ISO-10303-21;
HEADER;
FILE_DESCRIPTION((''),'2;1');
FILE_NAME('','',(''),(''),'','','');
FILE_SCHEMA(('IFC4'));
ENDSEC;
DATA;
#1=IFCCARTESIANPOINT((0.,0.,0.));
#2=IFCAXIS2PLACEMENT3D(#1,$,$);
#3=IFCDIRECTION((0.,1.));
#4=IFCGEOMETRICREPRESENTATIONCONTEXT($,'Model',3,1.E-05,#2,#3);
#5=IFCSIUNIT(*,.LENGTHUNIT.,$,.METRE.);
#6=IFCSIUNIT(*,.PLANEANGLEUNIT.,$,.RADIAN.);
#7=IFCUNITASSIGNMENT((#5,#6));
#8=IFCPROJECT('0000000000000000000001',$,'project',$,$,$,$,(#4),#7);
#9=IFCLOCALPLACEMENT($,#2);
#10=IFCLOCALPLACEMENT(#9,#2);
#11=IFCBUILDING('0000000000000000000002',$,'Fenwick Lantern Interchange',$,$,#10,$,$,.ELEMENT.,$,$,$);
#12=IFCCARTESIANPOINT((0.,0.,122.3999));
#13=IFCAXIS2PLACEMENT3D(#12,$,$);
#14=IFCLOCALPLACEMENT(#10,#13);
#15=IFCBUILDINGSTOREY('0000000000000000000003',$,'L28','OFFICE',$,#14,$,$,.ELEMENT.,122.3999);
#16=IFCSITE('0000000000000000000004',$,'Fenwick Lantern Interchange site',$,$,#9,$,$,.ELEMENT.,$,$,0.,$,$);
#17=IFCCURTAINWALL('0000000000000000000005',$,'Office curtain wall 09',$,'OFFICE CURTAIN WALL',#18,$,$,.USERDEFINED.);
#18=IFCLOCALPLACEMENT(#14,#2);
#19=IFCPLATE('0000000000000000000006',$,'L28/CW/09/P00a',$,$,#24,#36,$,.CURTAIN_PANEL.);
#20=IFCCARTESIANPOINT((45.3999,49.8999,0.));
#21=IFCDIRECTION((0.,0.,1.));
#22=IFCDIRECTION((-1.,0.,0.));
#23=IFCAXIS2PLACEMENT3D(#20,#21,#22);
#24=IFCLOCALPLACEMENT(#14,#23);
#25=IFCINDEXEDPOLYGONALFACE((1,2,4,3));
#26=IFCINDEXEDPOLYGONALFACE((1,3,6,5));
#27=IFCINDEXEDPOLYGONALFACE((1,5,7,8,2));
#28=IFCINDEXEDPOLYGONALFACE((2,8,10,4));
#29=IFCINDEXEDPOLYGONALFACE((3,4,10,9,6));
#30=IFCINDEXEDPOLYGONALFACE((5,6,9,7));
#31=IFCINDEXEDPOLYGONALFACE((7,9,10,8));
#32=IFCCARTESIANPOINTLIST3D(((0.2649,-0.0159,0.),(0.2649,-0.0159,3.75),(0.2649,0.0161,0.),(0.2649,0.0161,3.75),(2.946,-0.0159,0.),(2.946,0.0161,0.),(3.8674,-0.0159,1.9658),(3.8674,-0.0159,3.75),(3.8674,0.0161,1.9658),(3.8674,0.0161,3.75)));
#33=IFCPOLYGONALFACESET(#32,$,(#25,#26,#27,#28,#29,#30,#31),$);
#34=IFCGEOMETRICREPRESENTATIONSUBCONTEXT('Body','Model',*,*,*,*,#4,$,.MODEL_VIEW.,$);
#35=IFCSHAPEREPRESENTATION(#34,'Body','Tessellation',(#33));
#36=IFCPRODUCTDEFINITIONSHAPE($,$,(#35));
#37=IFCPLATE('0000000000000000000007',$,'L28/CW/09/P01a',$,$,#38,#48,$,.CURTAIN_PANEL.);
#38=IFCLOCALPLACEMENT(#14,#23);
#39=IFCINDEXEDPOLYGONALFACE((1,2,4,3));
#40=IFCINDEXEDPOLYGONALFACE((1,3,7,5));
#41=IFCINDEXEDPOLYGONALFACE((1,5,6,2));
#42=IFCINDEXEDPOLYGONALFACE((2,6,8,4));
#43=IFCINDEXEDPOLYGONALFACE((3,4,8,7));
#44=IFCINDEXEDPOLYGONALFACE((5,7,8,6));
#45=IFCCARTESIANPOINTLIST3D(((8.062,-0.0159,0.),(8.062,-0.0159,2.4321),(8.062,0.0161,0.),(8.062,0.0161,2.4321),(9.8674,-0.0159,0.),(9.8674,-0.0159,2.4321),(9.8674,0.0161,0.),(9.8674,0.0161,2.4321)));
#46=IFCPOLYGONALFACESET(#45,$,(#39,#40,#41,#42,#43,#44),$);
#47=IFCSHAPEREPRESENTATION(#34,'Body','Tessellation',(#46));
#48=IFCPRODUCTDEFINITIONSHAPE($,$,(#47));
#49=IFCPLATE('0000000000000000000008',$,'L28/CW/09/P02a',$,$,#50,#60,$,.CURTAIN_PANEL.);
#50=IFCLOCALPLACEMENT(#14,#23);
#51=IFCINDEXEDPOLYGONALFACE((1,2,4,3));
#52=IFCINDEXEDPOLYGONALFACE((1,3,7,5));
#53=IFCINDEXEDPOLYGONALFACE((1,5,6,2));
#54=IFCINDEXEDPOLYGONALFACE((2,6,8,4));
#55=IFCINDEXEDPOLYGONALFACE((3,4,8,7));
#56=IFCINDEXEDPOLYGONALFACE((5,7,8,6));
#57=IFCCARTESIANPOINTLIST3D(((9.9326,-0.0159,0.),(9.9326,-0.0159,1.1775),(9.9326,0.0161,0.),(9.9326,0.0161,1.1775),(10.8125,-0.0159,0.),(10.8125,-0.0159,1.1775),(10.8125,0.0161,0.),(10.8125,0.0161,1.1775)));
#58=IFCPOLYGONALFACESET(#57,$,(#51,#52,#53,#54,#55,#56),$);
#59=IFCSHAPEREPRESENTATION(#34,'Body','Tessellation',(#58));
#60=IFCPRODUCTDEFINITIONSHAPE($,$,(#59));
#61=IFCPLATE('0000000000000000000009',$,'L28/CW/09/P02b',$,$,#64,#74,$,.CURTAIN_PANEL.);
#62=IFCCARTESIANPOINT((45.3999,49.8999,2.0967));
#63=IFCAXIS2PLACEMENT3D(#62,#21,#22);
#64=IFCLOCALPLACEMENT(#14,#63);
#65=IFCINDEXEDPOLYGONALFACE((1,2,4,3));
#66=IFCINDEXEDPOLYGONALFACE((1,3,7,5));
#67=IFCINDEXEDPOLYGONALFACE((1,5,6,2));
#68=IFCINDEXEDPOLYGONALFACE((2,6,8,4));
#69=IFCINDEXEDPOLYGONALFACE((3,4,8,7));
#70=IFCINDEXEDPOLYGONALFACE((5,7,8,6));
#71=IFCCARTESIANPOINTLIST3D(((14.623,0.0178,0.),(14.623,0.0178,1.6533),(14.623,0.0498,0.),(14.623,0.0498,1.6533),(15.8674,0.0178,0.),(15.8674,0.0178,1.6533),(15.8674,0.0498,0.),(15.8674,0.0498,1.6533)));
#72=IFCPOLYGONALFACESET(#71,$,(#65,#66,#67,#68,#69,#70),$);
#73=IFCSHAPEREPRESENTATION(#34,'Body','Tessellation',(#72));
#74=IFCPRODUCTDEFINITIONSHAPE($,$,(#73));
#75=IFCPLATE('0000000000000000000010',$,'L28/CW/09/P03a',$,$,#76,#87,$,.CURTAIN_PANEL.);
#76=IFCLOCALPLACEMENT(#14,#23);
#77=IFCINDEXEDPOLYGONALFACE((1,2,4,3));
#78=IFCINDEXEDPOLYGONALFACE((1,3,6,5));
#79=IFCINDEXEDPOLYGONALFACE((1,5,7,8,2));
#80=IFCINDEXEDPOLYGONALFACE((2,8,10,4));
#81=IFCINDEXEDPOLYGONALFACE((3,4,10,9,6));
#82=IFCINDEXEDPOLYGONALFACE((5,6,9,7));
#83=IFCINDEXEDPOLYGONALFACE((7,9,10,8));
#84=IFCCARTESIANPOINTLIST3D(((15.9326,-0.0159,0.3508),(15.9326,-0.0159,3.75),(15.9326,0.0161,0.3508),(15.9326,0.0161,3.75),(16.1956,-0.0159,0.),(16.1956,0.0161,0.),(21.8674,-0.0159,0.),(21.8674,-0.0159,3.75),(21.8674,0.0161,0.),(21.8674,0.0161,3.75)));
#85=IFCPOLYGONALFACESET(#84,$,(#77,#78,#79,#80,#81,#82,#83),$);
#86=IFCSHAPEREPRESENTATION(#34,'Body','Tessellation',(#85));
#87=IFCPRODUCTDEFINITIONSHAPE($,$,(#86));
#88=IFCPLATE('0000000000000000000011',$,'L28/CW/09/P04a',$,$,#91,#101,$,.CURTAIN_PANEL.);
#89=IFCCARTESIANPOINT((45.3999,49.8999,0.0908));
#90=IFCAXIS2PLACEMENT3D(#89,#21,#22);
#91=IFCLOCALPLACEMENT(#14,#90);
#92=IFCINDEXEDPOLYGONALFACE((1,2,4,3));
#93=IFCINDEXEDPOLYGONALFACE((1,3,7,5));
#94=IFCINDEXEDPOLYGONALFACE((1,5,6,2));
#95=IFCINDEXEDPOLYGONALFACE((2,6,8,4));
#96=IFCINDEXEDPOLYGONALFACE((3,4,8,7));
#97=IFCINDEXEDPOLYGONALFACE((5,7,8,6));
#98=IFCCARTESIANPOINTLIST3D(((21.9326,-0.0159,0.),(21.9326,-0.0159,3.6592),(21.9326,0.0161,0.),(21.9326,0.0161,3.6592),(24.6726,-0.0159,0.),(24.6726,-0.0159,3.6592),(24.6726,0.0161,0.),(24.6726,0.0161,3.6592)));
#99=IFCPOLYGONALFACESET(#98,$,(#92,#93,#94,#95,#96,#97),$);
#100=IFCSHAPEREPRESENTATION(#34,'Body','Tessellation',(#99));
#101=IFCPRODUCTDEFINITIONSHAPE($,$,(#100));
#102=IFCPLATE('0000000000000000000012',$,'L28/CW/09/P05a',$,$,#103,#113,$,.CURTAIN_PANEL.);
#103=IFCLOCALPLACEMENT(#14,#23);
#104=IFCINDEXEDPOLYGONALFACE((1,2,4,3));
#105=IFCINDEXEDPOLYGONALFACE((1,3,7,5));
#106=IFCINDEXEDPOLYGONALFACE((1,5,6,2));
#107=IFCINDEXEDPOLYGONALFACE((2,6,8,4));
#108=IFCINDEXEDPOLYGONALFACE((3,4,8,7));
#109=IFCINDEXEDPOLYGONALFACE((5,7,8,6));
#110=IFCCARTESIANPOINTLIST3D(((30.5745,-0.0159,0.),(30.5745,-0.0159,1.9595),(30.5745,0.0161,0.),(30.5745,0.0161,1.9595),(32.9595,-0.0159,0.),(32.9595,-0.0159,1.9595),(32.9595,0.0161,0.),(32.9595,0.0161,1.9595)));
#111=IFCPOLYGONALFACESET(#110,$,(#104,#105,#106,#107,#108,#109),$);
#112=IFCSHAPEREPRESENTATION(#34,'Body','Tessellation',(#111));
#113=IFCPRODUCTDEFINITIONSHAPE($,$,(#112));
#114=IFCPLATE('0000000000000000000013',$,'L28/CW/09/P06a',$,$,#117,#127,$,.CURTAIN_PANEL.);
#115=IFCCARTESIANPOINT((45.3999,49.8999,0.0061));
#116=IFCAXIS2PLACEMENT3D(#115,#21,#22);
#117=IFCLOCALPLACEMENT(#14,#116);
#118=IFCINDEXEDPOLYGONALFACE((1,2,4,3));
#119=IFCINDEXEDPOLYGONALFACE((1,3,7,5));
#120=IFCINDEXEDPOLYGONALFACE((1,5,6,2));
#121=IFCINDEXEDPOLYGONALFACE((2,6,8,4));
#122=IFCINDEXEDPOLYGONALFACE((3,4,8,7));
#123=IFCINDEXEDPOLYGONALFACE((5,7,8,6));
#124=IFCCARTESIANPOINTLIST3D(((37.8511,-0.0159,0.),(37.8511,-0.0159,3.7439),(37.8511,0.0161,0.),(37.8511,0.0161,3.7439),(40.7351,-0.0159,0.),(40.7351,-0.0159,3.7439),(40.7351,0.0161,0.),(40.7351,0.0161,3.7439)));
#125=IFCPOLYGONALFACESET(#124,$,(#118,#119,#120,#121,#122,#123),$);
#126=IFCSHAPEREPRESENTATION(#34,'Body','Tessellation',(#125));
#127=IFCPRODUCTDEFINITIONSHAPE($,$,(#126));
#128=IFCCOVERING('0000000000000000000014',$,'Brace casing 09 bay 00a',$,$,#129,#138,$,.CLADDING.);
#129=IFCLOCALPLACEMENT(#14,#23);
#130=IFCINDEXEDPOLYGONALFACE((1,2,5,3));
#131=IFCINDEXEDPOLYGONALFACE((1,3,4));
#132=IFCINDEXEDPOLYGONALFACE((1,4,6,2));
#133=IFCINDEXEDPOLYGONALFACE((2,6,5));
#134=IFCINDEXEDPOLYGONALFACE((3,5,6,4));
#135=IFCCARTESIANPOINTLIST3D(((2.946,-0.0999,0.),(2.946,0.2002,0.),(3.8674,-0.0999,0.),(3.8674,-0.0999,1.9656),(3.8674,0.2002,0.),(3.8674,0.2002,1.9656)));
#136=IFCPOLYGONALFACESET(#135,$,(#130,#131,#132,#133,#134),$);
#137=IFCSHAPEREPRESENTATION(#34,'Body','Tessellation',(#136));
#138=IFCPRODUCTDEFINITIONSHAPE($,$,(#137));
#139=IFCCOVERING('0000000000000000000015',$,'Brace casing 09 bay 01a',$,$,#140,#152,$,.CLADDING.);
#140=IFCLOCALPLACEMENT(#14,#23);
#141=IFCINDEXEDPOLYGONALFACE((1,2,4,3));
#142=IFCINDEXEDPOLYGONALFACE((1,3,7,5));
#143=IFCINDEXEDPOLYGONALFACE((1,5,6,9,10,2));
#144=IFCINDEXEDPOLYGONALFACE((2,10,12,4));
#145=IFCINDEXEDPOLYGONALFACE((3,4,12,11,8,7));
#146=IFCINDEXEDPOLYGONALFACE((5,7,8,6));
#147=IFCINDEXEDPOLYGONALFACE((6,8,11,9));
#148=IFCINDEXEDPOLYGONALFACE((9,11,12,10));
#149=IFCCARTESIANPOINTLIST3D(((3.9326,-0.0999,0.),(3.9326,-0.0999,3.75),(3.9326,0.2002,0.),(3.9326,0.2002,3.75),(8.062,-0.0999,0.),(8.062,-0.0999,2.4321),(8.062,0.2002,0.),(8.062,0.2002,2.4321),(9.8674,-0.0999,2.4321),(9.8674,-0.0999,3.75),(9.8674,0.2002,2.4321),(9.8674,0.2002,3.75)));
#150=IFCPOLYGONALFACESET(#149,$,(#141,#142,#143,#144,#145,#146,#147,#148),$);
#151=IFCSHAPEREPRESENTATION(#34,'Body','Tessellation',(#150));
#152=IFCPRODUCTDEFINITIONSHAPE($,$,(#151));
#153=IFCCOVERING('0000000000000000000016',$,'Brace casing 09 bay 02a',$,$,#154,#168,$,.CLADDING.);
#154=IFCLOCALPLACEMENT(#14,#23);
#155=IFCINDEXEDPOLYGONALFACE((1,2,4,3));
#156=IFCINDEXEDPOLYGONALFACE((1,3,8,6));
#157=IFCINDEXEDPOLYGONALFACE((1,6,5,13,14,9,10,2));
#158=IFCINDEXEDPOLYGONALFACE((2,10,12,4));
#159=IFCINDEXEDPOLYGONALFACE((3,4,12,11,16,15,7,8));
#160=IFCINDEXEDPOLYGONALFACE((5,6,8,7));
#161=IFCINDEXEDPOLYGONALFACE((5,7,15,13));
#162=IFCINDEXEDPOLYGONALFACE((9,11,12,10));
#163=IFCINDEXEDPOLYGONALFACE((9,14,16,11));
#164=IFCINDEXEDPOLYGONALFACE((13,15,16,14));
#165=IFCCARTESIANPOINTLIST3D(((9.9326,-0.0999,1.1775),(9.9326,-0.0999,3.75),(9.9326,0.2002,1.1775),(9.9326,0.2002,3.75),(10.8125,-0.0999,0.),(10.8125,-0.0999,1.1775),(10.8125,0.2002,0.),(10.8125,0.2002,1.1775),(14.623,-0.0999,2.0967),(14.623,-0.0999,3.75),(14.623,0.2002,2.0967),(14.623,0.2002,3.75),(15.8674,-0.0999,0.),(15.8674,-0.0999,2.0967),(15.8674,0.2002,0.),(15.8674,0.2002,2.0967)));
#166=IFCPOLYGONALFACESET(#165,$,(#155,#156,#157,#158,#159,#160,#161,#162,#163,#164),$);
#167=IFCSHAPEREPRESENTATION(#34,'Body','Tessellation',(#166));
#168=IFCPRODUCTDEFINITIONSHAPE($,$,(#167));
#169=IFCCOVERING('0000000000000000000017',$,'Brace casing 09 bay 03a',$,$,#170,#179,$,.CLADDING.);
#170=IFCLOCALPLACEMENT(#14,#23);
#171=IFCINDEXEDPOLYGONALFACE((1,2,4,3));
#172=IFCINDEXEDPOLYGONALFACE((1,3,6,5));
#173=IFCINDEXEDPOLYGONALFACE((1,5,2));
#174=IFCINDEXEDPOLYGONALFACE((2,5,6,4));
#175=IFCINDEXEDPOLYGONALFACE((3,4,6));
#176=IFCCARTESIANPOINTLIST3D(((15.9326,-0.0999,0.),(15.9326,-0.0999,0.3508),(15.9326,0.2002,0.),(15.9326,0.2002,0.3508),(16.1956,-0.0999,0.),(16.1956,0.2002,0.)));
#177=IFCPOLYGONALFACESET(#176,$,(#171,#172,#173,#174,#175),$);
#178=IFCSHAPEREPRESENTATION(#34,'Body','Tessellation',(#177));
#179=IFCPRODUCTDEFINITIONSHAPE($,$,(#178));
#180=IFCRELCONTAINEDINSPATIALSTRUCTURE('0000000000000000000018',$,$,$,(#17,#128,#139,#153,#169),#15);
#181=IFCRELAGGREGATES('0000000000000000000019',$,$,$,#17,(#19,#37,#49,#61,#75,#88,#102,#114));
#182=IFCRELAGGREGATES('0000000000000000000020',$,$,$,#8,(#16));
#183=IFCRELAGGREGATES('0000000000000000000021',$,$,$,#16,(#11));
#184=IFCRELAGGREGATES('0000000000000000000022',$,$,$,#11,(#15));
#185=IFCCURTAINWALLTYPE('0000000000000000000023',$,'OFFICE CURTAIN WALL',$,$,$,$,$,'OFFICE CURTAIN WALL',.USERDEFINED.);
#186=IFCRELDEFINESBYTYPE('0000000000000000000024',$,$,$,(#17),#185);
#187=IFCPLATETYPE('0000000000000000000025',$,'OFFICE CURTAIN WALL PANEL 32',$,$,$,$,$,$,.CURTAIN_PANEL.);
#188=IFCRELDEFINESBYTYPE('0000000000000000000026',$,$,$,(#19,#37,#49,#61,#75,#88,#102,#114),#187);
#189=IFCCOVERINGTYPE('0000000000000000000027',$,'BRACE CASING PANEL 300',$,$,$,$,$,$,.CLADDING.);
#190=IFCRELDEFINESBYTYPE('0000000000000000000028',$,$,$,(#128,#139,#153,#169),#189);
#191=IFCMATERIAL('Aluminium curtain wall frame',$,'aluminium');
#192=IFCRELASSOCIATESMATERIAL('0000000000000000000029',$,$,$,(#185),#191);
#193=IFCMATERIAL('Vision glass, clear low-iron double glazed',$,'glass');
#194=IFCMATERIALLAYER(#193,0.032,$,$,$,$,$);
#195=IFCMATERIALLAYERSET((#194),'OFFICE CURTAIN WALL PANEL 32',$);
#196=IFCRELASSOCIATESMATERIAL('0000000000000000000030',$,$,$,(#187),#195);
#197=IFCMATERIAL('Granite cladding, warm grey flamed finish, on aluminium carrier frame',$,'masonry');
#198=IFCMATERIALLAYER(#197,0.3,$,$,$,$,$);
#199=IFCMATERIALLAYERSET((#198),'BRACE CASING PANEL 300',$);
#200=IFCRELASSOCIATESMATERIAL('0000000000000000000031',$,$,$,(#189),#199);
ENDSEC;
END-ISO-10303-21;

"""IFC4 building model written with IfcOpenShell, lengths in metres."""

from ifc_helpers import new_model, si_unit, direction, frame, origin, place, context, subcontext, project, spatial, polyline, outline, extrude, material, layer, layer_set, type_object, element, aggregate, save


model = new_model("IFC4")

# Units and contexts
model_context = context("Model", 3, precision=1e-05, world=origin(), true_north=direction((0.0, 1.0)))
body_context = subcontext(model_context, "Body", "Model", "MODEL_VIEW")
ifc_project = project(units=[si_unit("LENGTHUNIT", "METRE"), si_unit("PLANEANGLEUNIT", "RADIAN")], contexts=[model_context])

# Site, building, storey
site_placement = place(None, origin())
site = spatial("IfcSite", under=ifc_project, at=site_placement, Name="Fenwick Lantern Interchange site", CompositionType="ELEMENT", RefElevation=0.0)
building_placement = place(site_placement, origin())
building = spatial("IfcBuilding", under=site, at=building_placement, Name="Fenwick Lantern Interchange", CompositionType="ELEMENT")
storey_placement = place(building_placement, frame((0.0, 0.0, 122.3999)))
storey = spatial("IfcBuildingStorey", under=building, at=storey_placement, Name="L28", Description="OFFICE", CompositionType="ELEMENT", Elevation=122.3999)

# Shared definitions
ifc_material_1 = material(Name="Aluminium curtain wall frame", Category="aluminium")
curtain_wall_type = type_object("IfcCurtainWallType", Name="OFFICE CURTAIN WALL", ElementType="OFFICE CURTAIN WALL", PredefinedType="USERDEFINED", material=ifc_material_1)

# Curtain wall
curtain_wall_1_placement = place(storey_placement, origin())
curtain_wall_1 = element("IfcCurtainWall", 1, at=curtain_wall_1_placement, inside=storey, type_object=curtain_wall_type, Name="Office curtain wall 09", ObjectType="OFFICE CURTAIN WALL", PredefinedType="USERDEFINED")

# Plates
ifc_material_2 = material(Name="Vision glass, clear low-iron double glazed", Category="glass")
ifc_layer_1 = layer(ifc_material_2, 0.032)
ifc_layer_set_1 = layer_set([ifc_layer_1], Name="OFFICE CURTAIN WALL PANEL 32")
plate_type = type_object("IfcPlateType", Name="OFFICE CURTAIN WALL PANEL 32", PredefinedType="CURTAIN_PANEL", material=ifc_layer_set_1)
plate_1_placement = place(storey_placement, frame((45.3999, 49.8999, 0.0), z_axis=(0.0, 0.0, 1.0), x_axis=(-1.0, 0.0, 0.0)))
plate_1 = element("IfcPlate", 2, at=plate_1_placement, type_object=plate_type, Name="L28/CW/09/P00a", PredefinedType="CURTAIN_PANEL", context=body_context, shape_type="SweptSolid", body=[
    extrude(outline(polyline([(0.2649, 0.0), (2.946, 0.0), (3.8674, 1.9658), (3.8674, 3.75), (0.2649, 3.75), (0.2649, 0.0)])), frame((0.0, 0.0161, 0.0), z_axis=(0.0, -1.0, 0.0), x_axis=(1.0, 0.0, 0.0)), (0.0, 0.0, 1.0), 0.032),
])
plate_2_placement = place(storey_placement, frame((45.3999, 49.8999, 0.0), z_axis=(0.0, 0.0, 1.0), x_axis=(-1.0, 0.0, 0.0)))
plate_2 = element("IfcPlate", 3, at=plate_2_placement, type_object=plate_type, Name="L28/CW/09/P01a", PredefinedType="CURTAIN_PANEL", context=body_context, shape_type="SweptSolid", body=[
    extrude(outline(polyline([(8.062, 0.0), (9.8674, 0.0), (9.8674, 2.4321), (8.062, 2.4321), (8.062, 0.0)])), frame((0.0, 0.0161, 0.0), z_axis=(0.0, -1.0, 0.0), x_axis=(1.0, 0.0, 0.0)), (0.0, 0.0, 1.0), 0.032),
])
plate_3_placement = place(storey_placement, frame((45.3999, 49.8999, 0.0), z_axis=(0.0, 0.0, 1.0), x_axis=(-1.0, 0.0, 0.0)))
plate_3 = element("IfcPlate", 4, at=plate_3_placement, type_object=plate_type, Name="L28/CW/09/P02a", PredefinedType="CURTAIN_PANEL", context=body_context, shape_type="SweptSolid", body=[
    extrude(outline(polyline([(9.9326, 0.0), (10.8125, 0.0), (10.8125, 1.1775), (9.9326, 1.1775), (9.9326, 0.0)])), frame((0.0, 0.0161, 0.0), z_axis=(0.0, -1.0, 0.0), x_axis=(1.0, 0.0, 0.0)), (0.0, 0.0, 1.0), 0.032),
])
plate_4_placement = place(storey_placement, frame((45.3999, 49.8999, 2.0967), z_axis=(0.0, 0.0, 1.0), x_axis=(-1.0, 0.0, 0.0)))
plate_4 = element("IfcPlate", 5, at=plate_4_placement, type_object=plate_type, Name="L28/CW/09/P02b", PredefinedType="CURTAIN_PANEL", context=body_context, shape_type="SweptSolid", body=[
    extrude(outline(polyline([(14.623, 0.0), (15.8674, 0.0), (15.8674, 1.6533), (14.623, 1.6533), (14.623, 0.0)])), frame((0.0, 0.0498, 0.0), z_axis=(0.0, -1.0, 0.0), x_axis=(1.0, 0.0, 0.0)), (0.0, 0.0, 1.0), 0.032),
])
plate_5_placement = place(storey_placement, frame((45.3999, 49.8999, 0.0), z_axis=(0.0, 0.0, 1.0), x_axis=(-1.0, 0.0, 0.0)))
plate_5 = element("IfcPlate", 6, at=plate_5_placement, type_object=plate_type, Name="L28/CW/09/P03a", PredefinedType="CURTAIN_PANEL", context=body_context, shape_type="SweptSolid", body=[
    extrude(outline(polyline([(16.1956, 0.0), (21.8674, 0.0), (21.8674, 3.75), (15.9326, 3.75), (15.9326, 0.3508), (16.1956, 0.0)])), frame((0.0, 0.0161, 0.0), z_axis=(0.0, -1.0, 0.0), x_axis=(1.0, 0.0, 0.0)), (0.0, 0.0, 1.0), 0.032),
])
plate_6_placement = place(storey_placement, frame((45.3999, 49.8999, 0.0908), z_axis=(0.0, 0.0, 1.0), x_axis=(-1.0, 0.0, 0.0)))
plate_6 = element("IfcPlate", 7, at=plate_6_placement, type_object=plate_type, Name="L28/CW/09/P04a", PredefinedType="CURTAIN_PANEL", context=body_context, shape_type="SweptSolid", body=[
    extrude(outline(polyline([(21.9326, 0.0), (24.6726, 0.0), (24.6726, 3.6592), (21.9326, 3.6592), (21.9326, 0.0)])), frame((0.0, 0.0161, 0.0), z_axis=(0.0, -1.0, 0.0), x_axis=(1.0, 0.0, 0.0)), (0.0, 0.0, 1.0), 0.032),
])
plate_7_placement = place(storey_placement, frame((45.3999, 49.8999, 0.0), z_axis=(0.0, 0.0, 1.0), x_axis=(-1.0, 0.0, 0.0)))
plate_7 = element("IfcPlate", 8, at=plate_7_placement, type_object=plate_type, Name="L28/CW/09/P05a", PredefinedType="CURTAIN_PANEL", context=body_context, shape_type="SweptSolid", body=[
    extrude(outline(polyline([(30.5745, 0.0), (32.9595, 0.0), (32.9595, 1.9595), (30.5745, 1.9595), (30.5745, 0.0)])), frame((0.0, 0.0161, 0.0), z_axis=(0.0, -1.0, 0.0), x_axis=(1.0, 0.0, 0.0)), (0.0, 0.0, 1.0), 0.032),
])
plate_8_placement = place(storey_placement, frame((45.3999, 49.8999, 0.0061), z_axis=(0.0, 0.0, 1.0), x_axis=(-1.0, 0.0, 0.0)))
plate_8 = element("IfcPlate", 9, at=plate_8_placement, type_object=plate_type, Name="L28/CW/09/P06a", PredefinedType="CURTAIN_PANEL", context=body_context, shape_type="SweptSolid", body=[
    extrude(outline(polyline([(37.8511, 0.0), (40.7351, 0.0), (40.7351, 3.7439), (37.8511, 3.7439), (37.8511, 0.0)])), frame((0.0, 0.0161, 0.0), z_axis=(0.0, -1.0, 0.0), x_axis=(1.0, 0.0, 0.0)), (0.0, 0.0, 1.0), 0.032),
])
aggregate(curtain_wall_1, [plate_1, plate_2, plate_3, plate_4, plate_5, plate_6, plate_7, plate_8])

# Coverings
ifc_material_3 = material(Name="Granite cladding, warm grey flamed finish, on aluminium carrier frame", Category="masonry")
ifc_layer_2 = layer(ifc_material_3, 0.3)
ifc_layer_set_2 = layer_set([ifc_layer_2], Name="BRACE CASING PANEL 300")
covering_type = type_object("IfcCoveringType", Name="BRACE CASING PANEL 300", PredefinedType="CLADDING", material=ifc_layer_set_2)
covering_1_placement = place(storey_placement, frame((45.3999, 49.8999, 0.0), z_axis=(0.0, 0.0, 1.0), x_axis=(-1.0, 0.0, 0.0)))
element("IfcCovering", 10, at=covering_1_placement, inside=storey, type_object=covering_type, Name="Brace casing 09 bay 00a", PredefinedType="CLADDING", context=body_context, shape_type="SweptSolid", body=[
    extrude(outline(polyline([(2.946, 0.0), (3.8674, 0.0), (3.8674, 1.9656), (2.946, 0.0)])), frame((0.0, 0.2002, 0.0), z_axis=(0.0, -1.0, 0.0), x_axis=(1.0, 0.0, 0.0)), (0.0, 0.0, 1.0), 0.3),
])
covering_2_placement = place(storey_placement, frame((45.3999, 49.8999, 0.0), z_axis=(0.0, 0.0, 1.0), x_axis=(-1.0, 0.0, 0.0)))
element("IfcCovering", 11, at=covering_2_placement, inside=storey, type_object=covering_type, Name="Brace casing 09 bay 01a", PredefinedType="CLADDING", context=body_context, shape_type="SweptSolid", body=[
    extrude(outline(polyline([(3.9326, 0.0), (8.062, 0.0), (8.062, 2.4321), (9.8674, 2.4321), (9.8674, 3.75), (3.9326, 3.75), (3.9326, 0.0)])), frame((0.0, 0.2002, 0.0), z_axis=(0.0, -1.0, 0.0), x_axis=(1.0, 0.0, 0.0)), (0.0, 0.0, 1.0), 0.3),
])
covering_3_placement = place(storey_placement, frame((45.3999, 49.8999, 0.0), z_axis=(0.0, 0.0, 1.0), x_axis=(-1.0, 0.0, 0.0)))
element("IfcCovering", 12, at=covering_3_placement, inside=storey, type_object=covering_type, Name="Brace casing 09 bay 02a", PredefinedType="CLADDING", context=body_context, shape_type="SweptSolid", body=[
    extrude(outline(polyline([(10.8125, 0.0), (15.8674, 0.0), (15.8674, 2.0967), (14.623, 2.0967), (14.623, 3.75), (9.9326, 3.75), (9.9326, 1.1775), (10.8125, 1.1775), (10.8125, 0.0)])), frame((0.0, 0.2002, 0.0), z_axis=(0.0, -1.0, 0.0), x_axis=(1.0, 0.0, 0.0)), (0.0, 0.0, 1.0), 0.3),
])
covering_4_placement = place(storey_placement, frame((45.3999, 49.8999, 0.0), z_axis=(0.0, 0.0, 1.0), x_axis=(-1.0, 0.0, 0.0)))
element("IfcCovering", 13, at=covering_4_placement, inside=storey, type_object=covering_type, Name="Brace casing 09 bay 03a", PredefinedType="CLADDING", context=body_context, shape_type="SweptSolid", body=[
    extrude(outline(polyline([(15.9326, 0.0), (16.1956, 0.0), (15.9326, 0.3508), (15.9326, 0.0)])), frame((0.0, 0.2002, 0.0), z_axis=(0.0, -1.0, 0.0), x_axis=(1.0, 0.0, 0.0)), (0.0, 0.0, 1.0), 0.3),
])

save(model, "model.ifc")
